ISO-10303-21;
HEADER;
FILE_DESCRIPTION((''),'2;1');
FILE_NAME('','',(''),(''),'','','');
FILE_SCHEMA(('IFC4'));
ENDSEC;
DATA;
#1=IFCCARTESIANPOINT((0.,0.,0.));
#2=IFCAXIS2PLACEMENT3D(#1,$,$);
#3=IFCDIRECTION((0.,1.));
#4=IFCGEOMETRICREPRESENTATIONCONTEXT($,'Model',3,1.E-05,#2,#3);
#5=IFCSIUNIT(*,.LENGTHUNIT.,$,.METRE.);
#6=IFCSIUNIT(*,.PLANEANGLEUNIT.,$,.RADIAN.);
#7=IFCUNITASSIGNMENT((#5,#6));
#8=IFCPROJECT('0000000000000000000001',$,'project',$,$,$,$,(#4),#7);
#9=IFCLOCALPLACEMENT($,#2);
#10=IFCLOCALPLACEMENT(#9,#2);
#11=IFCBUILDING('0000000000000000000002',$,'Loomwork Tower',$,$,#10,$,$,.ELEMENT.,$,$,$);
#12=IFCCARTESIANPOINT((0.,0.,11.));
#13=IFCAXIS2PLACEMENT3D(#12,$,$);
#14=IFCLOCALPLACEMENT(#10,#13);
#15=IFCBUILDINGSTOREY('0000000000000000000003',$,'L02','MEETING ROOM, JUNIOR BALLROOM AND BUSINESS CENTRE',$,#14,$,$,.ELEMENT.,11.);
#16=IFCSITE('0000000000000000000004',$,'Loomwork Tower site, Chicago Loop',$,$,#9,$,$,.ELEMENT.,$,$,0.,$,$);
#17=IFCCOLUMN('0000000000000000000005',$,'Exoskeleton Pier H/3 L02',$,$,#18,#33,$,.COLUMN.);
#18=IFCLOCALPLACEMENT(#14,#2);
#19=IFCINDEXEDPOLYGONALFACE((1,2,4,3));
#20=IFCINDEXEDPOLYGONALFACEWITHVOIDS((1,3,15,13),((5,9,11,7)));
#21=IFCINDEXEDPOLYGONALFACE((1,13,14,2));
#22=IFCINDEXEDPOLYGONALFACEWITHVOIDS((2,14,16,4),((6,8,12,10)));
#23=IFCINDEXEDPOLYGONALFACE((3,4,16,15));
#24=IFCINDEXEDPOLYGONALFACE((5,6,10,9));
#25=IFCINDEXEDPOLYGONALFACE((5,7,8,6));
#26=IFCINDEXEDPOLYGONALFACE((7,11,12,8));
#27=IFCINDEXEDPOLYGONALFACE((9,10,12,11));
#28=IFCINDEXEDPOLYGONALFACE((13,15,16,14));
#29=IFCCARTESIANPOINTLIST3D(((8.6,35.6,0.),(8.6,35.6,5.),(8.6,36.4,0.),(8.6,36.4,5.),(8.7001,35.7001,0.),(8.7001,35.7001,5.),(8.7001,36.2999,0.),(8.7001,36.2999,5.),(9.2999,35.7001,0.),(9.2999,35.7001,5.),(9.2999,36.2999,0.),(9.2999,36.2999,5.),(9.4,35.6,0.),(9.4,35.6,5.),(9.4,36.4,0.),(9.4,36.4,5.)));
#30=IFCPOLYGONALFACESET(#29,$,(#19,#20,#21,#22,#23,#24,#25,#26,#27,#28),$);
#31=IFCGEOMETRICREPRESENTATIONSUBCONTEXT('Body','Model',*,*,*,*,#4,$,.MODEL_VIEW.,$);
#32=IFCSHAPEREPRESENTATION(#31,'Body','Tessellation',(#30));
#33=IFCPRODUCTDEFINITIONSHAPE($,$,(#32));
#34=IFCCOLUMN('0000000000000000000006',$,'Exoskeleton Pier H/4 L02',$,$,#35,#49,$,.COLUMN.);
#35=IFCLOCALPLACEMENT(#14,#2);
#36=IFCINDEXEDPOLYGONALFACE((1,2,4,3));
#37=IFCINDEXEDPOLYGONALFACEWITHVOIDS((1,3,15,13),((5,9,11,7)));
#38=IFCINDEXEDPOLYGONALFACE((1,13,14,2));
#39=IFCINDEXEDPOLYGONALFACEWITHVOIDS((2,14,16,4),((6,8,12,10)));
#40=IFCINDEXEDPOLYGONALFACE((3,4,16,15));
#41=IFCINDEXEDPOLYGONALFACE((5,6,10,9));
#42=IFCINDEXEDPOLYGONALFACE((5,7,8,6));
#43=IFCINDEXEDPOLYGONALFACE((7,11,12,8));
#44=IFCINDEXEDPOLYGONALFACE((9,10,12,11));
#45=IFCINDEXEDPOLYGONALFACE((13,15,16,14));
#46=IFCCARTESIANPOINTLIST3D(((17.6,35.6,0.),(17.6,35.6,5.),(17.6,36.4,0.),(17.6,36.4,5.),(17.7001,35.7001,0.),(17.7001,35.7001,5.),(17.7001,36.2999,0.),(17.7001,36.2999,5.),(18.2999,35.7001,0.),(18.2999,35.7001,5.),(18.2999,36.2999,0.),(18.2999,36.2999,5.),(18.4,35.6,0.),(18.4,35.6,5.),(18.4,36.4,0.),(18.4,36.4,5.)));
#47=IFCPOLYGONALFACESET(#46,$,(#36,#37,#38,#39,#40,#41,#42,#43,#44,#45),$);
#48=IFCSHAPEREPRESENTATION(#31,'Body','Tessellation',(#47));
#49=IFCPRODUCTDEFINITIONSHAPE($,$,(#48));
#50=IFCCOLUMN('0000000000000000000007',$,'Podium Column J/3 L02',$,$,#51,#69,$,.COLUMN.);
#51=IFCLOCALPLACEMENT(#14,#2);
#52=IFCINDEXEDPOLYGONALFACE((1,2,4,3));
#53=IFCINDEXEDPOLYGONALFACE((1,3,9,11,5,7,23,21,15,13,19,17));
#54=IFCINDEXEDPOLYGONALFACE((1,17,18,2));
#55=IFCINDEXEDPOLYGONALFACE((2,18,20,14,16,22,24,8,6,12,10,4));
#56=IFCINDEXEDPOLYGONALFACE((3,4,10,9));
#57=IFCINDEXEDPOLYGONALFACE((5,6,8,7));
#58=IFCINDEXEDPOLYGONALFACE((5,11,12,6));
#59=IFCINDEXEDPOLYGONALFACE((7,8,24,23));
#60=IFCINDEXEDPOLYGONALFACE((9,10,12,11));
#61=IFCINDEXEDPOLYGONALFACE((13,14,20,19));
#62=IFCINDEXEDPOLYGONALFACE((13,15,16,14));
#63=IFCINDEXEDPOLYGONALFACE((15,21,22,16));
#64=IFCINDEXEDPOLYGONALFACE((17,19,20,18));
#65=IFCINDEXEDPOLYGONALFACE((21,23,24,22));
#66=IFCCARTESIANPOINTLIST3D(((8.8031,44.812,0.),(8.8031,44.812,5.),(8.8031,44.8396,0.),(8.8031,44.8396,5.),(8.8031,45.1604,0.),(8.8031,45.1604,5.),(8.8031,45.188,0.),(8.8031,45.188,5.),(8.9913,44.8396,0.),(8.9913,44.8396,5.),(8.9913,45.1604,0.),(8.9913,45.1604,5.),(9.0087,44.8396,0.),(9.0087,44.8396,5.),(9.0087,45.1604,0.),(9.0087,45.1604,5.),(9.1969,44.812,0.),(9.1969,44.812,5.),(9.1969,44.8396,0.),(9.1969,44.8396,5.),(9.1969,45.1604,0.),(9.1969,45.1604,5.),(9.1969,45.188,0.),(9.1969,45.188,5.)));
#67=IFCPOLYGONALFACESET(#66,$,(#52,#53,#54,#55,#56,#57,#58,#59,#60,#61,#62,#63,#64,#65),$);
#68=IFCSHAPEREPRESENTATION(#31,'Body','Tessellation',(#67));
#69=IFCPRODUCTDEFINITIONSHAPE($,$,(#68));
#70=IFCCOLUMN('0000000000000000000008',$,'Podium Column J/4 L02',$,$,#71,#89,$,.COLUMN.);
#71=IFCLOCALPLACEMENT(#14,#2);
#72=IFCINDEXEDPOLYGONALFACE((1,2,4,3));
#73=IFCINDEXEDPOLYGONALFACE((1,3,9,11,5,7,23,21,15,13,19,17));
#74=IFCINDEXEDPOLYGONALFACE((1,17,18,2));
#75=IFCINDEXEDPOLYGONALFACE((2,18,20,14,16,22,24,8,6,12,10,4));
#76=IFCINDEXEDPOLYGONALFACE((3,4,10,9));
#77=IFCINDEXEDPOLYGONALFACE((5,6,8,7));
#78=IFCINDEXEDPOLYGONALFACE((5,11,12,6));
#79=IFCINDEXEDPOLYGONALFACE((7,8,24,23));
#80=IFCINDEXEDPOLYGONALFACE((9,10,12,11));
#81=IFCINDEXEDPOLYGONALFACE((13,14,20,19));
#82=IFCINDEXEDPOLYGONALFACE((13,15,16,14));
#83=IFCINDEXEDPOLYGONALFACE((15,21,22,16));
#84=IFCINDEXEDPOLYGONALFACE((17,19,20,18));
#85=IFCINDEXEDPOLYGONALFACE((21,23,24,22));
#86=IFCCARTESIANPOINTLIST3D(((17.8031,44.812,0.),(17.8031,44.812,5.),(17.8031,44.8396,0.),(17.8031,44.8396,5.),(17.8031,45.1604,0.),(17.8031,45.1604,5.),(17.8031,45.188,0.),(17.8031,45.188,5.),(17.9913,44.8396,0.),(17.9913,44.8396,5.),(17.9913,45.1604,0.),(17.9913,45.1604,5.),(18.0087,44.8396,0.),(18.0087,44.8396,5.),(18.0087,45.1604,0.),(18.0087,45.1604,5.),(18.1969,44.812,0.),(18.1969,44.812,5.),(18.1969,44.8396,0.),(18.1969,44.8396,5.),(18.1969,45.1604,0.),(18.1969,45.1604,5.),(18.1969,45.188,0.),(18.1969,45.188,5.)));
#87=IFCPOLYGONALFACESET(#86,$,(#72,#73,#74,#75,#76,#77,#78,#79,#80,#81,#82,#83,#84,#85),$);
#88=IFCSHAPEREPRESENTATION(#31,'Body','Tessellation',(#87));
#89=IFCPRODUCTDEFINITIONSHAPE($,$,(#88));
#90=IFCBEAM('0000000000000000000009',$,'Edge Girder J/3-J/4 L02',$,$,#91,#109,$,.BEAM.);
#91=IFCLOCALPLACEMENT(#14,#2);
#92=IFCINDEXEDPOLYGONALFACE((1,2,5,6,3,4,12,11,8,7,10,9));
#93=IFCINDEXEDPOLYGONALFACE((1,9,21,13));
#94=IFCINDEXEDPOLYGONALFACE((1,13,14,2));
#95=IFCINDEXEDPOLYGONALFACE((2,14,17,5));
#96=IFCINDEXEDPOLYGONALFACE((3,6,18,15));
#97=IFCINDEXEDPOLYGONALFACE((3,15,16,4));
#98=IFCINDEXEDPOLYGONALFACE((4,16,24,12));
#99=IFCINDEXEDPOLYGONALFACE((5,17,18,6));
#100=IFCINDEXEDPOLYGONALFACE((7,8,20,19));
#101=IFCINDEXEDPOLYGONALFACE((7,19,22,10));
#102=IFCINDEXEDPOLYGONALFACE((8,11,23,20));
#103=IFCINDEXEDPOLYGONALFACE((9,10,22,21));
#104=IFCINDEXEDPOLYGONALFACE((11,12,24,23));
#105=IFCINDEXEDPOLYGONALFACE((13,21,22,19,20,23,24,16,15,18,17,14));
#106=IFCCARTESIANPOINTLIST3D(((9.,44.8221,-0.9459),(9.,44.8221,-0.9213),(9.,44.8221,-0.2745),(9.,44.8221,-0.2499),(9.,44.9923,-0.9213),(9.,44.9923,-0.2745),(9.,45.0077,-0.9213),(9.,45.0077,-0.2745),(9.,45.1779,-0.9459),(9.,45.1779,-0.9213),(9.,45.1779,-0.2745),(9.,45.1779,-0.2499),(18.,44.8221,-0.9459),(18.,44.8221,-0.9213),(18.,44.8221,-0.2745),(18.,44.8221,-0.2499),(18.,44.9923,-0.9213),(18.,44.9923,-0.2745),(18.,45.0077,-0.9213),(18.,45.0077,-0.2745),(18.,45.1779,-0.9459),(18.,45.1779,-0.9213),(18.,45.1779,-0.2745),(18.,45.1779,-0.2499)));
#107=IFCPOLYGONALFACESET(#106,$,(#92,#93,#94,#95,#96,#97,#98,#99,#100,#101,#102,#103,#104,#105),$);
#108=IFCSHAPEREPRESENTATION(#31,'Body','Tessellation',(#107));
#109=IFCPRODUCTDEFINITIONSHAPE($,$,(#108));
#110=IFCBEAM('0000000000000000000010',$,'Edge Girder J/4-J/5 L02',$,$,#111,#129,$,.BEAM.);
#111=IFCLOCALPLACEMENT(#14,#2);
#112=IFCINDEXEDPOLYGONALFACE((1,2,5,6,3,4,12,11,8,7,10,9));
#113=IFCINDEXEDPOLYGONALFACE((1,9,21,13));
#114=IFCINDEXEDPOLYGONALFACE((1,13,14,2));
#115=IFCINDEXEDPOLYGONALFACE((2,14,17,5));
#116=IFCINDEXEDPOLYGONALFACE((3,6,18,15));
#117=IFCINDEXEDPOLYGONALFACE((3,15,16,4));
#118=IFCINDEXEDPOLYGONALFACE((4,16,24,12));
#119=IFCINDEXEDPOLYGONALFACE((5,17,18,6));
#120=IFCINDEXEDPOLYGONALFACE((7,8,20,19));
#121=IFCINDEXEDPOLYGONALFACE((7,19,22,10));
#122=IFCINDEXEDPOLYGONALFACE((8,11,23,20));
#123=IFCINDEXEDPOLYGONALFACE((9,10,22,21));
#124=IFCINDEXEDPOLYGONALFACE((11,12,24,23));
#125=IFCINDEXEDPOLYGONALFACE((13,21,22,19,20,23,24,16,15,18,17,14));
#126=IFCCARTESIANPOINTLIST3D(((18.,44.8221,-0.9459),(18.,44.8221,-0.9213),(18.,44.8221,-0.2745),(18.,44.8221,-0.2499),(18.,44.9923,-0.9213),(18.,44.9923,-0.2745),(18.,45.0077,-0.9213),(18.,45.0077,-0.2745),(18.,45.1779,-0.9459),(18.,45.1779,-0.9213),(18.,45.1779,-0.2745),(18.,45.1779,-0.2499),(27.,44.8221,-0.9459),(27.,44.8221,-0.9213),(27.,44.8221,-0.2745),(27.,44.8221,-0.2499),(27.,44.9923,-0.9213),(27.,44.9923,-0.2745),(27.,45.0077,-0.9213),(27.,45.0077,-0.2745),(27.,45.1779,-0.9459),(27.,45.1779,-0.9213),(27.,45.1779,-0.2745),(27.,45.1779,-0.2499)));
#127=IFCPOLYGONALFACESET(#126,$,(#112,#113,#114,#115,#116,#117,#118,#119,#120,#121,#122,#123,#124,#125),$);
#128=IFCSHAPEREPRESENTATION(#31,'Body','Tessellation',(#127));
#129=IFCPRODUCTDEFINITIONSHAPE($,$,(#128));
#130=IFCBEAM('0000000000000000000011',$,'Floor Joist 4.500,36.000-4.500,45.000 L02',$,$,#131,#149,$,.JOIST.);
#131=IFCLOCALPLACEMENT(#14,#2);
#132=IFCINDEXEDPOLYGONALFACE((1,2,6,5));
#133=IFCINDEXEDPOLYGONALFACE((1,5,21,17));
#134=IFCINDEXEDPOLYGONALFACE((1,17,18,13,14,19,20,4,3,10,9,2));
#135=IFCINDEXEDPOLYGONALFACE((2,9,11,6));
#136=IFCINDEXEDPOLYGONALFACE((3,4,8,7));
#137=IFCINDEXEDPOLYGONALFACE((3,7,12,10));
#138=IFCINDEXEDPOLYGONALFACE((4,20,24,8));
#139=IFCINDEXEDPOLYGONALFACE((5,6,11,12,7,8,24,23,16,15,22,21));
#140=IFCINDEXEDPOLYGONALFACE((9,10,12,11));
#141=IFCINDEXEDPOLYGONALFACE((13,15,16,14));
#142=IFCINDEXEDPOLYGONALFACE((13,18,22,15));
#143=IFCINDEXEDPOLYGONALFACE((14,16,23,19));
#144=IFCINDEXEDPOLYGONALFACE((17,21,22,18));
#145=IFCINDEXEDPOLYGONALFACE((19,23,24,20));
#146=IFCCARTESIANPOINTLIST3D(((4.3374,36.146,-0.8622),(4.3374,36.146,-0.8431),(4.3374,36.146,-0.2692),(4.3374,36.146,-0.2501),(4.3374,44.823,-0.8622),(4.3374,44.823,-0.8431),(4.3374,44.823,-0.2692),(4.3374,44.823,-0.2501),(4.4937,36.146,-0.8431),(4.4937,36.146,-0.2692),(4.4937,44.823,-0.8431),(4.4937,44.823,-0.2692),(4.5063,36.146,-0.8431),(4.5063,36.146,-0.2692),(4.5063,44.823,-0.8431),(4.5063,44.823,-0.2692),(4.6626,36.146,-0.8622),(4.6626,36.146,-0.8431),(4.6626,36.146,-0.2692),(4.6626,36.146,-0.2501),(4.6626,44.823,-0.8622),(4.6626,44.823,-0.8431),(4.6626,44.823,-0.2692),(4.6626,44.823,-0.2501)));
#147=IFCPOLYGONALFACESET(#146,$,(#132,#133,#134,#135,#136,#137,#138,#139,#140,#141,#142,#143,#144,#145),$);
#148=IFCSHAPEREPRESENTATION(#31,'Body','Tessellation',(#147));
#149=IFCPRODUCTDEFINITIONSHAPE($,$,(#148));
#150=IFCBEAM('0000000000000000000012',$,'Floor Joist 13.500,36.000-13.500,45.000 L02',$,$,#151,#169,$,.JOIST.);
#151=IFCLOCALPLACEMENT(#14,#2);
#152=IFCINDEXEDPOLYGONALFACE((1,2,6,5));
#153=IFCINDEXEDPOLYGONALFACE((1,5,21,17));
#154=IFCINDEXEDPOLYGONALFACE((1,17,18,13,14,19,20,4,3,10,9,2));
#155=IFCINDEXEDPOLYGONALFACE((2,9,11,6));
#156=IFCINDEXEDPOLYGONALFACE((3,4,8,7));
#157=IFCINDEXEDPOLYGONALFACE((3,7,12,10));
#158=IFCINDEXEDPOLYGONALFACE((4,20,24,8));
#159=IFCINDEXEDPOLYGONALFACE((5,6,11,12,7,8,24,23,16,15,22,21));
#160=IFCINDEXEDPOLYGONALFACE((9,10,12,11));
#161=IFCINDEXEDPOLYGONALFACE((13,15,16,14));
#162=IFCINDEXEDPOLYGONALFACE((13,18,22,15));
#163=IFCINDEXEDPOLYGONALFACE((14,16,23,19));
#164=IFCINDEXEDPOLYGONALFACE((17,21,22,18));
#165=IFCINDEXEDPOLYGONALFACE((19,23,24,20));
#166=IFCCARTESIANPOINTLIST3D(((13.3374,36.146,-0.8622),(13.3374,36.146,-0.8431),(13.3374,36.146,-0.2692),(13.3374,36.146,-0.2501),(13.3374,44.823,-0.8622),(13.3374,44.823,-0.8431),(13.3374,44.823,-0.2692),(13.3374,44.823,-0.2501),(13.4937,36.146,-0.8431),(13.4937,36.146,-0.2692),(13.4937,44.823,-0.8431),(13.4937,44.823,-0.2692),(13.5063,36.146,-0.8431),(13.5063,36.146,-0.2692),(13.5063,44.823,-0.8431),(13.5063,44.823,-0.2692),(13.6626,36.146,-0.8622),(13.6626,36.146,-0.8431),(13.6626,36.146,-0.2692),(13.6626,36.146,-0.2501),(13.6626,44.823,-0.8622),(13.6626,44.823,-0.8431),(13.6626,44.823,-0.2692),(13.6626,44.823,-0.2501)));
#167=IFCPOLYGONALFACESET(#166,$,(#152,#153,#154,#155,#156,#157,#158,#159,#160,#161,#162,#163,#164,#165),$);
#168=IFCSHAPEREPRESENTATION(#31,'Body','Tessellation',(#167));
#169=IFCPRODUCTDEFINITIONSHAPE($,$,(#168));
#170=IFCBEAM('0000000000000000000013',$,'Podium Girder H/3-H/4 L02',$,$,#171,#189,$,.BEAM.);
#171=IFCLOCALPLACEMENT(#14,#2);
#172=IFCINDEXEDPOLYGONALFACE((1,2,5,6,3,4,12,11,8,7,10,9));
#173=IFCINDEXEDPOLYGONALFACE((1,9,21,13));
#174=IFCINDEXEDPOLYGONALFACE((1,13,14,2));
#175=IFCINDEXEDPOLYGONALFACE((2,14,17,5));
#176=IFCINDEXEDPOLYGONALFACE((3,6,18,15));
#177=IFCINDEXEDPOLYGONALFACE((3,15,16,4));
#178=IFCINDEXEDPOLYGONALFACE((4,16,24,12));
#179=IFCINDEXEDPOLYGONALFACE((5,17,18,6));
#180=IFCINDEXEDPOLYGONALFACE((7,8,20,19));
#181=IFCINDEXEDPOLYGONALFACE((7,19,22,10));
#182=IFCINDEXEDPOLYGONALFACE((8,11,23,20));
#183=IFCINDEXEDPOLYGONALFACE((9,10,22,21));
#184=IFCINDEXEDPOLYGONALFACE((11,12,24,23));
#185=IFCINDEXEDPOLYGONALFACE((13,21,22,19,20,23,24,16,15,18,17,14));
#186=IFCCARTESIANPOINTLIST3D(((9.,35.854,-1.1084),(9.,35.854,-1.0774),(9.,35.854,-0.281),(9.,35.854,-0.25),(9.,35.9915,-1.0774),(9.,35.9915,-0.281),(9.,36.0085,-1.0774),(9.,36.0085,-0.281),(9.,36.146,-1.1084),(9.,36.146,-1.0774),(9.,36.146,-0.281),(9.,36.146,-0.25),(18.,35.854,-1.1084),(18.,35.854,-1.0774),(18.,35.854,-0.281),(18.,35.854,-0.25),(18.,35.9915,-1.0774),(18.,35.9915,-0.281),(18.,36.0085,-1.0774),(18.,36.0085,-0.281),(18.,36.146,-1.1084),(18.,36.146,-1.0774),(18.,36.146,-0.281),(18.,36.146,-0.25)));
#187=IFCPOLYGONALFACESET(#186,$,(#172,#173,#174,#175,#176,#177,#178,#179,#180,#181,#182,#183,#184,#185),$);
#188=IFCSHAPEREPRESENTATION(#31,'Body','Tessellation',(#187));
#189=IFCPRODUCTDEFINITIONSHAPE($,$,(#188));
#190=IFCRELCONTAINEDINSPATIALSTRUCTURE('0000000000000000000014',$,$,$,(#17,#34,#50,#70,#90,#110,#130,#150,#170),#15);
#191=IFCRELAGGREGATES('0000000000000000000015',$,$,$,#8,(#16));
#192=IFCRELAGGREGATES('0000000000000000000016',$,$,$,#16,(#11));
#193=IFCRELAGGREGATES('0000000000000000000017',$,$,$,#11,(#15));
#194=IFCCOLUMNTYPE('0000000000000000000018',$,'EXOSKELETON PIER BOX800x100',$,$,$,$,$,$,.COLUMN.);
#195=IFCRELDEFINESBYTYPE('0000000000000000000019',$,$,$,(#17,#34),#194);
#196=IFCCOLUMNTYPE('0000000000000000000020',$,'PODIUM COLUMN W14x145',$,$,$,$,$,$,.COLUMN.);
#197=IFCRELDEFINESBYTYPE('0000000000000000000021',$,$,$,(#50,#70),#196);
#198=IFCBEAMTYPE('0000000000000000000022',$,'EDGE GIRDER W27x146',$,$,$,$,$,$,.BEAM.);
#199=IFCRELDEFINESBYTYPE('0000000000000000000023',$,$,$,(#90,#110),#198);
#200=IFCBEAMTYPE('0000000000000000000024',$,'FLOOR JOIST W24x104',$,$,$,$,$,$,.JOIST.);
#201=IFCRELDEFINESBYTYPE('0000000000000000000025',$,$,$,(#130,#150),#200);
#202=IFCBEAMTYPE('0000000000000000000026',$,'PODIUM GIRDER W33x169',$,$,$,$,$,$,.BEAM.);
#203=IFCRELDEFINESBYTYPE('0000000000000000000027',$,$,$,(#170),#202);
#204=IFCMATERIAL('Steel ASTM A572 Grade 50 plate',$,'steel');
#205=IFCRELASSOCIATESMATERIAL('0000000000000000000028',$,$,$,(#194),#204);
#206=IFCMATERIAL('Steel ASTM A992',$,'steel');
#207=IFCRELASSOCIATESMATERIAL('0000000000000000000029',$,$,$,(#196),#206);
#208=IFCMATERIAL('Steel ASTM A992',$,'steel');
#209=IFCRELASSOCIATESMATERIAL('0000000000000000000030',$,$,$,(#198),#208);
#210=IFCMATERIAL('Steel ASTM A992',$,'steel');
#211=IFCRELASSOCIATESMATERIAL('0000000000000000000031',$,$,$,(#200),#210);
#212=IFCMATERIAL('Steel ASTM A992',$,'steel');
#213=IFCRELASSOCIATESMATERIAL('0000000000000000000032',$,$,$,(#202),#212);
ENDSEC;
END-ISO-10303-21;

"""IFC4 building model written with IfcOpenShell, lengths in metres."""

from ifc_helpers import new_model, si_unit, direction, frame, origin, origin_2d, place, context, subcontext, project, spatial, hollow_rectangle, i_section, extrude, material, material_profile, profile_set, type_object, element, save


model = new_model("IFC4")

# Units and contexts
model_context = context("Model", 3, precision=1e-05, world=origin(), true_north=direction((0.0, 1.0)))
body_context = subcontext(model_context, "Body", "Model", "MODEL_VIEW")
ifc_project = project(units=[si_unit("LENGTHUNIT", "METRE"), si_unit("PLANEANGLEUNIT", "RADIAN")], contexts=[model_context])

# Site, building, storey
site_placement = place(None, origin())
site = spatial("IfcSite", under=ifc_project, at=site_placement, Name="Loomwork Tower site, Chicago Loop", CompositionType="ELEMENT", RefElevation=0.0)
building_placement = place(site_placement, origin())
building = spatial("IfcBuilding", under=site, at=building_placement, Name="Loomwork Tower", CompositionType="ELEMENT")
storey_placement = place(building_placement, frame((0.0, 0.0, 11.0)))
storey = spatial("IfcBuildingStorey", under=building, at=storey_placement, Name="L02", Description="MEETING ROOM, JUNIOR BALLROOM AND BUSINESS CENTRE", CompositionType="ELEMENT", Elevation=11.0)

# Columns
ifc_material_1 = material(Name="Steel ASTM A572 Grade 50 plate", Category="steel")
ifc_material_profile_1 = material_profile(ifc_material_1, hollow_rectangle(XDim=0.8, YDim=0.8, WallThickness=0.1001, at=origin_2d()), Name="BOX800x100")
ifc_profile_set_1 = profile_set([ifc_material_profile_1], Name="Steel ASTM A572 Grade 50 plate")
column_type_1 = type_object("IfcColumnType", Name="EXOSKELETON PIER BOX800x100", PredefinedType="COLUMN", material=ifc_profile_set_1)
for number, where, z_axis, x_axis, name in (
    (1, (9.0, 36.0, 0.0), (0.0, 0.0, 1.0), (1.0, 0.0, 0.0), "Exoskeleton Pier H/3 L02"),
    (2, (18.0, 36.0, 0.0), (0.0, 0.0, 1.0), (1.0, 0.0, 0.0), "Exoskeleton Pier H/4 L02"),
):
    element("IfcColumn", number, at=place(storey_placement, frame(where, z_axis=z_axis, x_axis=x_axis)), inside=storey, type_object=column_type_1, Name=name, PredefinedType="COLUMN", context=body_context, shape_type="SweptSolid", body=[
        extrude(hollow_rectangle(XDim=0.8, YDim=0.8, WallThickness=0.1001, at=origin_2d()), origin(), (0.0, 0.0, 1.0), 5.0),
    ])
ifc_material_2 = material(Name="Steel ASTM A992", Category="steel")
ifc_material_profile_2 = material_profile(ifc_material_2, i_section(OverallWidth=0.3938, OverallDepth=0.376, WebThickness=0.0173, FlangeThickness=0.0276, at=origin_2d()), Name="W14x145")
ifc_profile_set_2 = profile_set([ifc_material_profile_2], Name="Steel ASTM A992")
column_type_2 = type_object("IfcColumnType", Name="PODIUM COLUMN W14x145", PredefinedType="COLUMN", material=ifc_profile_set_2)
for number, where, z_axis, x_axis, name in (
    (3, (9.0, 45.0, 0.0), (0.0, 0.0, 1.0), (1.0, 0.0, 0.0), "Podium Column J/3 L02"),
    (4, (18.0, 45.0, 0.0), (0.0, 0.0, 1.0), (1.0, 0.0, 0.0), "Podium Column J/4 L02"),
):
    element("IfcColumn", number, at=place(storey_placement, frame(where, z_axis=z_axis, x_axis=x_axis)), inside=storey, type_object=column_type_2, Name=name, PredefinedType="COLUMN", context=body_context, shape_type="SweptSolid", body=[
        extrude(i_section(OverallWidth=0.3938, OverallDepth=0.376, WebThickness=0.0173, FlangeThickness=0.0276, at=origin_2d()), origin(), (0.0, 0.0, 1.0), 5.0),
    ])

# Beams
ifc_material_3 = material(Name="Steel ASTM A992", Category="steel")
ifc_material_profile_3 = material_profile(ifc_material_3, i_section(OverallWidth=0.3557, OverallDepth=0.696, WebThickness=0.0154, FlangeThickness=0.0247, at=origin_2d()), Name="W27x146")
ifc_profile_set_3 = profile_set([ifc_material_profile_3], Name="Steel ASTM A992")
beam_type_1 = type_object("IfcBeamType", Name="EDGE GIRDER W27x146", PredefinedType="BEAM", material=ifc_profile_set_3)
for number, where, z_axis, x_axis, name in (
    (5, (9.0, 45.0, -0.5979), (1.0, 0.0, 0.0), (0.0, 1.0, 0.0), "Edge Girder J/3-J/4 L02"),
    (6, (18.0, 45.0, -0.5979), (1.0, 0.0, 0.0), (0.0, 1.0, 0.0), "Edge Girder J/4-J/5 L02"),
):
    element("IfcBeam", number, at=place(storey_placement, frame(where, z_axis=z_axis, x_axis=x_axis)), inside=storey, type_object=beam_type_1, Name=name, PredefinedType="BEAM", context=body_context, shape_type="SweptSolid", body=[
        extrude(i_section(OverallWidth=0.3557, OverallDepth=0.696, WebThickness=0.0154, FlangeThickness=0.0247, at=origin_2d()), origin(), (0.0, 0.0, 1.0), 9.0),
    ])
ifc_material_4 = material(Name="Steel ASTM A992", Category="steel")
ifc_material_profile_4 = material_profile(ifc_material_4, i_section(OverallWidth=0.3252, OverallDepth=0.6121, WebThickness=0.0127, FlangeThickness=0.019, at=origin_2d()), Name="W24x104")
ifc_profile_set_4 = profile_set([ifc_material_profile_4], Name="Steel ASTM A992")
beam_type_2 = type_object("IfcBeamType", Name="FLOOR JOIST W24x104", PredefinedType="JOIST", material=ifc_profile_set_4)
for number, where, z_axis, x_axis, name in (
    (7, (4.5, 36.146, -0.5562), (0.0, 1.0, 0.0), (-1.0, 0.0, 0.0), "Floor Joist 4.500,36.000-4.500,45.000 L02"),
    (8, (13.5, 36.146, -0.5562), (0.0, 1.0, 0.0), (-1.0, 0.0, 0.0), "Floor Joist 13.500,36.000-13.500,45.000 L02"),
):
    element("IfcBeam", number, at=place(storey_placement, frame(where, z_axis=z_axis, x_axis=x_axis)), inside=storey, type_object=beam_type_2, Name=name, PredefinedType="JOIST", context=body_context, shape_type="SweptSolid", body=[
        extrude(i_section(OverallWidth=0.3252, OverallDepth=0.6121, WebThickness=0.0127, FlangeThickness=0.019, at=origin_2d()), origin(), (0.0, 0.0, 1.0), 8.677),
    ])
ifc_material_5 = material(Name="Steel ASTM A992", Category="steel")
ifc_material_profile_5 = material_profile(ifc_material_5, i_section(OverallWidth=0.292, OverallDepth=0.8584, WebThickness=0.0171, FlangeThickness=0.031, at=origin_2d()), Name="W33x169")
ifc_profile_set_5 = profile_set([ifc_material_profile_5], Name="Steel ASTM A992")
beam_type_3 = type_object("IfcBeamType", Name="PODIUM GIRDER W33x169", PredefinedType="BEAM", material=ifc_profile_set_5)
for number, where, z_axis, x_axis, name in (
    (9, (9.0, 36.0, -0.6792), (1.0, 0.0, 0.0), (0.0, 1.0, 0.0), "Podium Girder H/3-H/4 L02"),
):
    element("IfcBeam", number, at=place(storey_placement, frame(where, z_axis=z_axis, x_axis=x_axis)), inside=storey, type_object=beam_type_3, Name=name, PredefinedType="BEAM", context=body_context, shape_type="SweptSolid", body=[
        extrude(i_section(OverallWidth=0.292, OverallDepth=0.8584, WebThickness=0.0171, FlangeThickness=0.031, at=origin_2d()), origin(), (0.0, 0.0, 1.0), 9.0),
    ])

save(model, "model.ifc")
